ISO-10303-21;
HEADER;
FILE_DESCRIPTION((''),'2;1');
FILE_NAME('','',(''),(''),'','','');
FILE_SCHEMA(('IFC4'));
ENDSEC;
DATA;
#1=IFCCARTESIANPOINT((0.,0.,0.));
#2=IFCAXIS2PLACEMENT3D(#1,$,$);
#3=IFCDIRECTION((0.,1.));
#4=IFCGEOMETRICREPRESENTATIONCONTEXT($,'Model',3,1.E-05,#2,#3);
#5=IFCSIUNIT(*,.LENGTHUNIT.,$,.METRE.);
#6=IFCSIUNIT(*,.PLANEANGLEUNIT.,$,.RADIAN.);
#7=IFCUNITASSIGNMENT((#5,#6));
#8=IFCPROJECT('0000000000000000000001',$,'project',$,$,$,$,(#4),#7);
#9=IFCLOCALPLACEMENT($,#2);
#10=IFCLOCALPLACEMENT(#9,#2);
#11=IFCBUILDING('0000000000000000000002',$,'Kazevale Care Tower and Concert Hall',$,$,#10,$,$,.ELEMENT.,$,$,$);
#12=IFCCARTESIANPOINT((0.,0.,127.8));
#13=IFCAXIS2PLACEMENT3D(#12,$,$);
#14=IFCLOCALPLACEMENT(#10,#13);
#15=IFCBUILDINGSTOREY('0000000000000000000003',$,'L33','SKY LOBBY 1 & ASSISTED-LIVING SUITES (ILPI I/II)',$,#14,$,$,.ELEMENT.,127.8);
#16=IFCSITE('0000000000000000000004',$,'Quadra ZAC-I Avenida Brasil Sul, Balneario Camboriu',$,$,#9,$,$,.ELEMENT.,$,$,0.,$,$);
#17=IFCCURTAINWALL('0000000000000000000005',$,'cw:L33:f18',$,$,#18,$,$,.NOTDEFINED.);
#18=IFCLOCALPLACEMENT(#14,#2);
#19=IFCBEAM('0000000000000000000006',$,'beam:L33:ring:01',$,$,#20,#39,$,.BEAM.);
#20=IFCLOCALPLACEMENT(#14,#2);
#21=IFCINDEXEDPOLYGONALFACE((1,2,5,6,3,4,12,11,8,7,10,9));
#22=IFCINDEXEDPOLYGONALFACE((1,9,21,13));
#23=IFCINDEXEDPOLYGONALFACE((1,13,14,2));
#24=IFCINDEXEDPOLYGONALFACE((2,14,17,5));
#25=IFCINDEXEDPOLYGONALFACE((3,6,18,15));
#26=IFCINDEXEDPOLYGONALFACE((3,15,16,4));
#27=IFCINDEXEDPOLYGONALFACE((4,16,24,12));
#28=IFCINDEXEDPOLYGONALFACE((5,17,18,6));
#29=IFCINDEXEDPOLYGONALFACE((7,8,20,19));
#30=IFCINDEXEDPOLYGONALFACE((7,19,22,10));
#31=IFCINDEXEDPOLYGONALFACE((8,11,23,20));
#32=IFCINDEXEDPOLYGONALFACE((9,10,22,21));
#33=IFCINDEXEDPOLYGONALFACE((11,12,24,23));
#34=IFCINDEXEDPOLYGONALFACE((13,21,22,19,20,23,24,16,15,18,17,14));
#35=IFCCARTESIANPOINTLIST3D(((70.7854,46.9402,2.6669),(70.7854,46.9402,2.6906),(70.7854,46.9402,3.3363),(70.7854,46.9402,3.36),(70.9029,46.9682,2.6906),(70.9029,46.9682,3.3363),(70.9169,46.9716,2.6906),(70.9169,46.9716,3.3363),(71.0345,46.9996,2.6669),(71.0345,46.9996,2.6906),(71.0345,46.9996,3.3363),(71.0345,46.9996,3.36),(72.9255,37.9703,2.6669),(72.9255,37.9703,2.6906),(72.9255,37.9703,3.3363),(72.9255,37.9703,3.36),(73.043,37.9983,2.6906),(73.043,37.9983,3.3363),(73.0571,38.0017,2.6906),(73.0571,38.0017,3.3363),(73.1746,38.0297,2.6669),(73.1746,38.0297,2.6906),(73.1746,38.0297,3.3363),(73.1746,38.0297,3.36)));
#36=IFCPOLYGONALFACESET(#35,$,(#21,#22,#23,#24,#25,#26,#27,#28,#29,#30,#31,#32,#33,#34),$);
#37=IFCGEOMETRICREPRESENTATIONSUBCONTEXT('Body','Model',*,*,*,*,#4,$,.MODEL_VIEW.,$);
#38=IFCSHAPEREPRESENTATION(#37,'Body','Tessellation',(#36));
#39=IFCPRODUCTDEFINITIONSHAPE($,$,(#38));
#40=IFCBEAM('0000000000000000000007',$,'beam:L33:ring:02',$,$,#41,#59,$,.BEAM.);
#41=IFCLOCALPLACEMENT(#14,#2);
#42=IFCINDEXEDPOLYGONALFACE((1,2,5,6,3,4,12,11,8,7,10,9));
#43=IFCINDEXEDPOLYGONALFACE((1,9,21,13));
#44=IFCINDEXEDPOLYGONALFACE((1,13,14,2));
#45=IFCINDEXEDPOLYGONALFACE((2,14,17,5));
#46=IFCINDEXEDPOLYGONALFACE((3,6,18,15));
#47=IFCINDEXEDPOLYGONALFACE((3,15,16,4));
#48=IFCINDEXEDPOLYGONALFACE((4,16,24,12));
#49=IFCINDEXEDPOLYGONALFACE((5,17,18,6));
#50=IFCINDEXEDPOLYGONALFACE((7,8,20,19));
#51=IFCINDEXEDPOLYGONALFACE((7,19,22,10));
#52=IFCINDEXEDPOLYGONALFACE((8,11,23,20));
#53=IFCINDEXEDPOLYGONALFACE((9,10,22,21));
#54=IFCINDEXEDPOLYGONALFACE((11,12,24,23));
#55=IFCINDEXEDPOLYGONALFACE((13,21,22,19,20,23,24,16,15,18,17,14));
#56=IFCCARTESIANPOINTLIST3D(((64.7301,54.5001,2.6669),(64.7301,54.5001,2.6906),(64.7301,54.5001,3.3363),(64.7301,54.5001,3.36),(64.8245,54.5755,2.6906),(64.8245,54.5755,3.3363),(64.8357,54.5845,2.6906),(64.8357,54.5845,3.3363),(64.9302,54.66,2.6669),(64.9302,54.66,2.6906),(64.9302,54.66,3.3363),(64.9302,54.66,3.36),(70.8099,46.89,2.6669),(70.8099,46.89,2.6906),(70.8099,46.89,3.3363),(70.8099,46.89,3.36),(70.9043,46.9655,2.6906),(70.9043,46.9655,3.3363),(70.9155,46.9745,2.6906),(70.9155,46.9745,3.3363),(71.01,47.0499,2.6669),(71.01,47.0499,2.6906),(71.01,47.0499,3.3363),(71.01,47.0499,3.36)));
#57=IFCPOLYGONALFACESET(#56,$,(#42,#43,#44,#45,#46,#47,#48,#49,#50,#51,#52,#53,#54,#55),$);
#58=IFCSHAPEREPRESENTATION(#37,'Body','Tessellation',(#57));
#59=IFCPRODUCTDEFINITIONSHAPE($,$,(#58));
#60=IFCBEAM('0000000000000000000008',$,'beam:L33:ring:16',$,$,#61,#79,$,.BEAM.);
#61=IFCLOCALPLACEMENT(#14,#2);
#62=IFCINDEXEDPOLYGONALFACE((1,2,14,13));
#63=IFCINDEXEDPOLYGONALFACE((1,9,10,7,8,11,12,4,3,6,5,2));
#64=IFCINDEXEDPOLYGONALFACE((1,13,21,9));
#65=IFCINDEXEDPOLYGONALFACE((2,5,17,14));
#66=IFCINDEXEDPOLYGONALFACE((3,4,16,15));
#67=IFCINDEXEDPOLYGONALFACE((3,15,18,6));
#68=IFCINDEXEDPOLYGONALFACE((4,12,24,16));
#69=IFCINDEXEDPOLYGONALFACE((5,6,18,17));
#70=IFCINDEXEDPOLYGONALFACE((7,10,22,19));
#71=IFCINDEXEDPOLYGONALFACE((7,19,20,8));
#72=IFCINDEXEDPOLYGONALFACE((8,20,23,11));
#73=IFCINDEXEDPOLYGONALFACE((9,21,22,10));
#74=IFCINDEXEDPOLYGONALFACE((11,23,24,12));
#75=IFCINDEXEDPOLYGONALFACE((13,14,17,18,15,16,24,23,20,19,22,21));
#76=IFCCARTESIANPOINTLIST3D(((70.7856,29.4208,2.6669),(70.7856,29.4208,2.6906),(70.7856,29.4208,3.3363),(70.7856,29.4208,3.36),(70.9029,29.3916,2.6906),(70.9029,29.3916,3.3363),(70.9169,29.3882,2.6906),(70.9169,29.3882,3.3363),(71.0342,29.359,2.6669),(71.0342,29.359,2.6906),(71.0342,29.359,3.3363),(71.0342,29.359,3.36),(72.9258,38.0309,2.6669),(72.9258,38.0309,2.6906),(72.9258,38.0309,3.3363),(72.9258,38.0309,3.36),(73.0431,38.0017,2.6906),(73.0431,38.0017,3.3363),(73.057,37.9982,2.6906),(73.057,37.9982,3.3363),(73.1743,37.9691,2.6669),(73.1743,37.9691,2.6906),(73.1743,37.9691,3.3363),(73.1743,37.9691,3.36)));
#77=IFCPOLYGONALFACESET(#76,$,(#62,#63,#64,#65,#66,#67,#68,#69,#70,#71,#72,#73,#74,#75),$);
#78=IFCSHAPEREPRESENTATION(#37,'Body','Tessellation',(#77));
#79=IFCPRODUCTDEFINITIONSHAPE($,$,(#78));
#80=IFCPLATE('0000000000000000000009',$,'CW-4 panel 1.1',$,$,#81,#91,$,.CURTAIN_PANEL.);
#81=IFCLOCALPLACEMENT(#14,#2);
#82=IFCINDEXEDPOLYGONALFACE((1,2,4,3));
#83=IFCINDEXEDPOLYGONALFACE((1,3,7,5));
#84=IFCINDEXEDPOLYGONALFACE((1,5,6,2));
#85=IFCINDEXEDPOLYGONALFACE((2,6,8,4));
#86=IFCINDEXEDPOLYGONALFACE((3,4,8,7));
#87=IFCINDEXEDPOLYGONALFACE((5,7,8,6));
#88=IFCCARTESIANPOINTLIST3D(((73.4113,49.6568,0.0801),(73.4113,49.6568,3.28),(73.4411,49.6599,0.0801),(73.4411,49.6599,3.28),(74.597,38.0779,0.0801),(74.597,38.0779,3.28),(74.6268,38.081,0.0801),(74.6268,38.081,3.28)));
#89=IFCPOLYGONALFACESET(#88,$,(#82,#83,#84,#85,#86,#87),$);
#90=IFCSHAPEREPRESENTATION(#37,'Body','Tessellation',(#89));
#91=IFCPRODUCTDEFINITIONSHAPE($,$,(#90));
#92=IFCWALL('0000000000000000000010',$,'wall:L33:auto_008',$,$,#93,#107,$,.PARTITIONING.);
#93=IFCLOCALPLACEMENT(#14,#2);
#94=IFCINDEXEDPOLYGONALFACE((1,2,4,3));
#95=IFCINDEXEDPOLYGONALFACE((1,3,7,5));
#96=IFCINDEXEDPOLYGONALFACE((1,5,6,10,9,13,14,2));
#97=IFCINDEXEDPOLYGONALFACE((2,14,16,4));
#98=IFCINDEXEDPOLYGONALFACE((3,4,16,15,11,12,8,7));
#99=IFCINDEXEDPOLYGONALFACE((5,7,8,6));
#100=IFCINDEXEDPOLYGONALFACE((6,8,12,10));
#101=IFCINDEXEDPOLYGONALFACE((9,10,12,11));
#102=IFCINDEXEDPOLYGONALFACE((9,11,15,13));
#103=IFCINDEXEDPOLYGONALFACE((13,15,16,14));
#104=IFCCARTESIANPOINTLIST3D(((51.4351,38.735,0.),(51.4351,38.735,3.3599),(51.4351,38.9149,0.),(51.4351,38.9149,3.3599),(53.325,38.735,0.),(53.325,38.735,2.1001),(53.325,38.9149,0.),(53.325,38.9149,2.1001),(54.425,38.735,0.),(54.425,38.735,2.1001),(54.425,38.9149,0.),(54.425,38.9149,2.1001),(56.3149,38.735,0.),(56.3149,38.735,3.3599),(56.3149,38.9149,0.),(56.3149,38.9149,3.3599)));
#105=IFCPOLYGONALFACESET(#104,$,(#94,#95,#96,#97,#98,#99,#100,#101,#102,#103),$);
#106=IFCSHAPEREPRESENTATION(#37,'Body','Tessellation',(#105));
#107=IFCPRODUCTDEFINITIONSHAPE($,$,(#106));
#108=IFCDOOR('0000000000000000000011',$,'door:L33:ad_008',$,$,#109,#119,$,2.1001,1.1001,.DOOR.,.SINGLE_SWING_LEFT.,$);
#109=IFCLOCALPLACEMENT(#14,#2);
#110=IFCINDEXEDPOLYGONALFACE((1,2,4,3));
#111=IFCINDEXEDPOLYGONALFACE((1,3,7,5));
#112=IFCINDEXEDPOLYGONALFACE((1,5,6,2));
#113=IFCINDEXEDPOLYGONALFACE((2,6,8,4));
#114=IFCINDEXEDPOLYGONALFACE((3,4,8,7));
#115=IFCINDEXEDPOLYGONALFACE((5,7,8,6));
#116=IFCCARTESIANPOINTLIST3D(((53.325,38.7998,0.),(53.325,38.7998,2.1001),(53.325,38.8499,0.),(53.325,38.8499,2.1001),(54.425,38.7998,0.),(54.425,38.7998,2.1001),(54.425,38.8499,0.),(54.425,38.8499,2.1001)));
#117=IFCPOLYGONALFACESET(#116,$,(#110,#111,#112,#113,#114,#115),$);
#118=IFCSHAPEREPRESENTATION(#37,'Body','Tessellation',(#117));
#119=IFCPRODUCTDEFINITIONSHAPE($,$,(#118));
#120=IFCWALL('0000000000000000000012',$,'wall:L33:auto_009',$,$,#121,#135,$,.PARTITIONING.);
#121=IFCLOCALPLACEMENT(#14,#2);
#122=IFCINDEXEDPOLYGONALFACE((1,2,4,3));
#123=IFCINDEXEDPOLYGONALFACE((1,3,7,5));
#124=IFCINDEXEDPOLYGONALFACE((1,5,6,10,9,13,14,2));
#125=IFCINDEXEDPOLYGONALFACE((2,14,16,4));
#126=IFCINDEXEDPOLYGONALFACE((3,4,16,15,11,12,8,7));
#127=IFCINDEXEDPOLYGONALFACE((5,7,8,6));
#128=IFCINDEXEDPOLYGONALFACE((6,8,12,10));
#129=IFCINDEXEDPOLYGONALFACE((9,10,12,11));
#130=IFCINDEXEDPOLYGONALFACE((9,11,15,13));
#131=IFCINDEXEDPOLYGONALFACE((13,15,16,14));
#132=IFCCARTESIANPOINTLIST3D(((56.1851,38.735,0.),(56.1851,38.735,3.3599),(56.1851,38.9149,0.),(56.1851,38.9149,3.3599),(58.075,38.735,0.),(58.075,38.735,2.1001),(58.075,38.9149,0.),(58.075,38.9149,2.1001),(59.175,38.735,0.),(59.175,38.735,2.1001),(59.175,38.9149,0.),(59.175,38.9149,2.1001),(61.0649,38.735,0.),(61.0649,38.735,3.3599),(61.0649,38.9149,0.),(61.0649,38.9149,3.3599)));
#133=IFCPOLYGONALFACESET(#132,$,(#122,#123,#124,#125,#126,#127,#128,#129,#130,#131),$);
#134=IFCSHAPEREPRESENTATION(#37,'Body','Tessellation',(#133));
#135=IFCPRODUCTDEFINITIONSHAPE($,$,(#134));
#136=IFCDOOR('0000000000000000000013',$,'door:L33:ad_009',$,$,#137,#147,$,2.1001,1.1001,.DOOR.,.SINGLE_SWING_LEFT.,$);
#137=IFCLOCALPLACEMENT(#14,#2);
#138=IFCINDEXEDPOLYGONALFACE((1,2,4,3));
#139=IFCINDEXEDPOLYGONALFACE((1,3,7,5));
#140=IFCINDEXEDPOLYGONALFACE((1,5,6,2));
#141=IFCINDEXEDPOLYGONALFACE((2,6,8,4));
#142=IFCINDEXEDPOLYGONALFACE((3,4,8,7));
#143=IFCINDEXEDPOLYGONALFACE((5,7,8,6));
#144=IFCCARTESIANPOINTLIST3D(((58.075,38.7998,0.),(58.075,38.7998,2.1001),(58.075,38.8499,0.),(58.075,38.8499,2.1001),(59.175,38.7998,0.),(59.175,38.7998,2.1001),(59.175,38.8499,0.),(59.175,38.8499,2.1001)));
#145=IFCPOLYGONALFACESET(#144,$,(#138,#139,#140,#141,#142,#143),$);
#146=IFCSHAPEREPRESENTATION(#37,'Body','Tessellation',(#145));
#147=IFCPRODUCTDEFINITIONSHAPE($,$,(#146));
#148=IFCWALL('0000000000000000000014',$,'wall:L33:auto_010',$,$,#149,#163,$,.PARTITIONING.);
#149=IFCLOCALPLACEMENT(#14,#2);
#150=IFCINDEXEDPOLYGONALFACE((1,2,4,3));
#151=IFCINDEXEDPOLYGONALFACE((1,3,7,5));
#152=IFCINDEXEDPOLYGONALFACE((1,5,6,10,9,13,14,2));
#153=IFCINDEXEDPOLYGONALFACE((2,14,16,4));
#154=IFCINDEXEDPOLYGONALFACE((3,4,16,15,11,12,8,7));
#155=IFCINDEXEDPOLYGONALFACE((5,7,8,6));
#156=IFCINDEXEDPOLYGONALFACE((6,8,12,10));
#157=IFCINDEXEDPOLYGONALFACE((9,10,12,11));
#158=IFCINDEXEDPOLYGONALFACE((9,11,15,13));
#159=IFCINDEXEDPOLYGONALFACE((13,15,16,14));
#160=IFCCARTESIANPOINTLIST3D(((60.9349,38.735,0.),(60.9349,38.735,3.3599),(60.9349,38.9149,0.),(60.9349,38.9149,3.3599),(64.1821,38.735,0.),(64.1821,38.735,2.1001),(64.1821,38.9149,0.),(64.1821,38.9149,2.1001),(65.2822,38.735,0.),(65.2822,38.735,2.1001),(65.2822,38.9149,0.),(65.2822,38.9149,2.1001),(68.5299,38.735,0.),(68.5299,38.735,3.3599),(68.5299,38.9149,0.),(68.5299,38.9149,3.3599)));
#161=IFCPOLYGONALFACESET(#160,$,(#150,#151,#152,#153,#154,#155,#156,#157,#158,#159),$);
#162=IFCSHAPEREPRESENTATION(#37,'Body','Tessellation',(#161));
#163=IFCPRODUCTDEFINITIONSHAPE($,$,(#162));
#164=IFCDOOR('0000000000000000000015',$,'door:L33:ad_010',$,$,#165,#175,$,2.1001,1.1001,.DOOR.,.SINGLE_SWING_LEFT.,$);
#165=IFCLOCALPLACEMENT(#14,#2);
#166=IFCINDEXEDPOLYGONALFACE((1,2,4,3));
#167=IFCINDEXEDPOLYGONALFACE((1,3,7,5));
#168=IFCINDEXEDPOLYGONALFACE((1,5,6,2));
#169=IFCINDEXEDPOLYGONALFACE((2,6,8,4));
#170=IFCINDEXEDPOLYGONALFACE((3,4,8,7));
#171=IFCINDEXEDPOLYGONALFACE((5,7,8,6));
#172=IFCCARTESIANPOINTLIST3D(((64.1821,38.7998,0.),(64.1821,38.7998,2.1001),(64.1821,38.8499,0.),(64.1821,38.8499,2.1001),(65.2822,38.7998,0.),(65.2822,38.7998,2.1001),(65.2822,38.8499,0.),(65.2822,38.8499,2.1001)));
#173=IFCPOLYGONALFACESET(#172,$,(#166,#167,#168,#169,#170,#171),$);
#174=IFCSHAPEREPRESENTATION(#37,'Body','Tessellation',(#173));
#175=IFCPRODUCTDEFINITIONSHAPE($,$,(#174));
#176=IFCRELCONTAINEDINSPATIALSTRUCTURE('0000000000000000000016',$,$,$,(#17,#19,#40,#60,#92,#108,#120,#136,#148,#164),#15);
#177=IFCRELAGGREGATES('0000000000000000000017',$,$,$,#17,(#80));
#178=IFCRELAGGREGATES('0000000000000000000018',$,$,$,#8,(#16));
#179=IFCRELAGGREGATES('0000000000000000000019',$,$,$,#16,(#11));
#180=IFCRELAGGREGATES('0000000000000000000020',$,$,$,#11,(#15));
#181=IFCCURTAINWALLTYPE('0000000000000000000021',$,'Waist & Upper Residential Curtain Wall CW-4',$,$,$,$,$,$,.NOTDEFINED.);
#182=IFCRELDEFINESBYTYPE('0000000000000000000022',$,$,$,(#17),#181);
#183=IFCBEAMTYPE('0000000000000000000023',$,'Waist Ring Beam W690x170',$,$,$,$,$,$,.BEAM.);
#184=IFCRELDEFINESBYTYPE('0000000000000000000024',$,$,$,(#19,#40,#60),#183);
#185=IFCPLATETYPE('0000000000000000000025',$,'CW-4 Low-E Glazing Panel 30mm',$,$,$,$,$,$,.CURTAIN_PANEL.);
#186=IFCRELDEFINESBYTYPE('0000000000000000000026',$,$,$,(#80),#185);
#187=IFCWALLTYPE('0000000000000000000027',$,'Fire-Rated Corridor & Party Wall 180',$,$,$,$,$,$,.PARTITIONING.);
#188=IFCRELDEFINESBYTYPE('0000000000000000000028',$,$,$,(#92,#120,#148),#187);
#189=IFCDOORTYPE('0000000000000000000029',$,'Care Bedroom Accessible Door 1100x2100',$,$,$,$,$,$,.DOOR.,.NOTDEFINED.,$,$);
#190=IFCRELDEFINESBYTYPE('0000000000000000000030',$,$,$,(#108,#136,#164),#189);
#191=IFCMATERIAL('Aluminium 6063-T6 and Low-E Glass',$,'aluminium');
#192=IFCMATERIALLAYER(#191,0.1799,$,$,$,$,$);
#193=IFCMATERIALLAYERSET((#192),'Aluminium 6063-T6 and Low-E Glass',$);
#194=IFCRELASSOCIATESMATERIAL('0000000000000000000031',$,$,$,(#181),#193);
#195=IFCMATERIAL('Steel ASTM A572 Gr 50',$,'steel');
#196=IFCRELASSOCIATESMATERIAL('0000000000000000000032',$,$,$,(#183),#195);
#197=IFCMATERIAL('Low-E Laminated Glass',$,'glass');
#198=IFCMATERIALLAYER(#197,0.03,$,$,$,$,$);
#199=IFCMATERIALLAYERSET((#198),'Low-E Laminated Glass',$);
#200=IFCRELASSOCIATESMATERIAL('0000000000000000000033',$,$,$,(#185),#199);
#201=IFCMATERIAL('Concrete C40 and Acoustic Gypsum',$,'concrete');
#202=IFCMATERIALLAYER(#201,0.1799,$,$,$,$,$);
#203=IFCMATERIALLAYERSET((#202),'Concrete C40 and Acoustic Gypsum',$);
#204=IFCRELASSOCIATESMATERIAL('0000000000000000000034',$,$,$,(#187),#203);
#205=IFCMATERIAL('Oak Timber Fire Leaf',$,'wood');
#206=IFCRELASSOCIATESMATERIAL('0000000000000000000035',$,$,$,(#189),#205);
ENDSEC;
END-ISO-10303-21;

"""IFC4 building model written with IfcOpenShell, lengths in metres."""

from ifc_helpers import new_model, si_unit, direction, frame, frame_2d, origin, origin_2d, place, context, subcontext, project, spatial, rectangle, i_section, extrude, material, layer, layer_set, material_profile, profile_set, type_object, element, fill, aggregate, save


model = new_model("IFC4")

# Units and contexts
model_context = context("Model", 3, precision=1e-05, world=origin(), true_north=direction((0.0, 1.0)))
body_context = subcontext(model_context, "Body", "Model", "MODEL_VIEW")
ifc_project = project(units=[si_unit("LENGTHUNIT", "METRE"), si_unit("PLANEANGLEUNIT", "RADIAN")], contexts=[model_context])

# Site, building, storey
site_placement = place(None, origin())
site = spatial("IfcSite", under=ifc_project, at=site_placement, Name="Quadra ZAC-I Avenida Brasil Sul, Balneario Camboriu", CompositionType="ELEMENT", RefElevation=0.0)
building_placement = place(site_placement, origin())
building = spatial("IfcBuilding", under=site, at=building_placement, Name="Kazevale Care Tower and Concert Hall", CompositionType="ELEMENT")
storey_placement = place(building_placement, frame((0.0, 0.0, 127.8)))
storey = spatial("IfcBuildingStorey", under=building, at=storey_placement, Name="L33", Description="SKY LOBBY 1 & ASSISTED-LIVING SUITES (ILPI I/II)", CompositionType="ELEMENT", Elevation=127.8)

# Curtain wall
ifc_material_1 = material(Name="Aluminium 6063-T6 and Low-E Glass", Category="aluminium")
ifc_layer_1 = layer(ifc_material_1, 0.1799)
ifc_layer_set_1 = layer_set([ifc_layer_1], Name="Aluminium 6063-T6 and Low-E Glass")
curtain_wall_type = type_object("IfcCurtainWallType", Name="Waist & Upper Residential Curtain Wall CW-4", PredefinedType="NOTDEFINED", material=ifc_layer_set_1)
curtain_wall_placement = place(storey_placement, origin())
curtain_wall = element("IfcCurtainWall", 1, at=curtain_wall_placement, inside=storey, type_object=curtain_wall_type, Name="cw:L33:f18", PredefinedType="NOTDEFINED")

# Beams
ifc_material_2 = material(Name="Steel ASTM A572 Gr 50", Category="steel")
ifc_material_profile_1 = material_profile(ifc_material_2, i_section(OverallWidth=0.2561, OverallDepth=0.6931, WebThickness=0.0144, FlangeThickness=0.0237, at=origin_2d()), Name="W690x170")
ifc_profile_set_1 = profile_set([ifc_material_profile_1], Name="Steel ASTM A572 Gr 50")
beam_type_1 = type_object("IfcBeamType", Name="Waist Ring Beam W690x170", PredefinedType="BEAM", material=ifc_profile_set_1)
beam_1_placement = place(storey_placement, frame((73.05, 38.0, 3.0134), z_axis=(-0.232075, 0.972698, 0.0), x_axis=(-0.972698, -0.232075, 0.0)))
element("IfcBeam", 2, at=beam_1_placement, inside=storey, type_object=beam_type_1, Name="beam:L33:ring:01", PredefinedType="BEAM", context=body_context, shape_type="SweptSolid", body=[
    extrude(i_section(OverallWidth=0.2561, OverallDepth=0.6931, WebThickness=0.0144, FlangeThickness=0.0237, at=origin_2d()), origin(), (0.0, 0.0, 1.0), 9.2217),
])
beam_2_placement = place(storey_placement, frame((70.9099, 46.97, 3.0134), z_axis=(-0.624178, 0.781282, 0.0), x_axis=(-0.781282, -0.624178, 0.0)))
element("IfcBeam", 3, at=beam_2_placement, inside=storey, type_object=beam_type_1, Name="beam:L33:ring:02", PredefinedType="BEAM", context=body_context, shape_type="SweptSolid", body=[
    extrude(i_section(OverallWidth=0.2561, OverallDepth=0.6931, WebThickness=0.0144, FlangeThickness=0.0237, at=origin_2d()), origin(), (0.0, 0.0, 1.0), 9.7405),
])
beam_3_placement = place(storey_placement, frame((70.9099, 29.3899, 3.0134), z_axis=(0.241221, 0.97047, 0.0), x_axis=(-0.97047, 0.241221, 0.0)))
element("IfcBeam", 4, at=beam_3_placement, inside=storey, type_object=beam_type_1, Name="beam:L33:ring:16", PredefinedType="BEAM", context=body_context, shape_type="SweptSolid", body=[
    extrude(i_section(OverallWidth=0.2561, OverallDepth=0.6931, WebThickness=0.0144, FlangeThickness=0.0237, at=origin_2d()), origin(), (0.0, 0.0, 1.0), 8.8721),
])

# Plate
ifc_material_3 = material(Name="Low-E Laminated Glass", Category="glass")
ifc_layer_2 = layer(ifc_material_3, 0.03)
ifc_layer_set_2 = layer_set([ifc_layer_2], Name="Low-E Laminated Glass")
plate_type = type_object("IfcPlateType", Name="CW-4 Low-E Glazing Panel 30mm", PredefinedType="CURTAIN_PANEL", material=ifc_layer_set_2)
plate_placement = place(storey_placement, frame((74.019, 43.8689, 0.0801), z_axis=(0.0, 0.0, 1.0), x_axis=(0.10187, -0.994798, 0.0)))
plate = element("IfcPlate", 5, at=plate_placement, type_object=plate_type, Name="CW-4 panel 1.1", PredefinedType="CURTAIN_PANEL", context=body_context, shape_type="SweptSolid", body=[
    extrude(rectangle(XDim=11.6394, YDim=0.03, at=origin_2d()), origin(), (0.0, 0.0, 1.0), 3.2),
])
aggregate(curtain_wall, [plate])

# Walls, openings, doors
ifc_material_4 = material(Name="Concrete C40 and Acoustic Gypsum", Category="concrete")
ifc_layer_3 = layer(ifc_material_4, 0.1799)
ifc_layer_set_3 = layer_set([ifc_layer_3], Name="Concrete C40 and Acoustic Gypsum")
wall_type_1 = type_object("IfcWallType", Name="Fire-Rated Corridor & Party Wall 180", PredefinedType="PARTITIONING", material=ifc_layer_set_3)
wall_1_placement = place(storey_placement, frame((51.4351, 38.825, 0.0), z_axis=(0.0, 0.0, 1.0), x_axis=(1.0, 0.0, 0.0)))
wall_1 = element("IfcWall", 6, at=wall_1_placement, inside=storey, type_object=wall_type_1, Name="wall:L33:auto_008", PredefinedType="PARTITIONING", context=body_context, shape_type="SweptSolid", body=[
    extrude(rectangle(XDim=4.8799, YDim=0.1799, at=frame_2d((2.4399, 0.0))), origin(), (0.0, 0.0, 1.0), 3.3599),
])
opening_1_placement = place(wall_1_placement, frame((1.8899, 0.0, 0.0)))
opening_1 = element("IfcOpeningElement", 7, at=opening_1_placement, cuts=wall_1, PredefinedType="OPENING", context=body_context, shape_type="SweptSolid", body=[
    extrude(rectangle(XDim=1.1001, YDim=2.1001, at=frame_2d((0.55, 1.05))), frame((0.0, 0.0999, 0.0), z_axis=(0.0, -1.0, 0.0), x_axis=(1.0, 0.0, 0.0)), (0.0, 0.0, 1.0), 0.2),
])
ifc_material_5 = material(Name="Oak Timber Fire Leaf", Category="wood")
door_type = type_object("IfcDoorType", Name="Care Bedroom Accessible Door 1100x2100", OperationType="NOTDEFINED", PredefinedType="DOOR", material=ifc_material_5)
door_1_placement = place(opening_1_placement, origin())
door_1 = element("IfcDoor", 8, at=door_1_placement, inside=storey, type_object=door_type, Name="door:L33:ad_008", OperationType="SINGLE_SWING_LEFT", OverallHeight=2.1001, OverallWidth=1.1001, PredefinedType="DOOR", context=body_context, shape_type="SweptSolid", body=[
    extrude(rectangle(XDim=1.1001, YDim=2.1001, at=frame_2d((0.55, 1.05))), frame((0.0, 0.0249, 0.0), z_axis=(0.0, -1.0, 0.0), x_axis=(1.0, 0.0, 0.0)), (0.0, 0.0, 1.0), 0.05),
])
fill(opening_1, door_1)
wall_2_placement = place(storey_placement, frame((56.1851, 38.825, 0.0), z_axis=(0.0, 0.0, 1.0), x_axis=(1.0, 0.0, 0.0)))
wall_2 = element("IfcWall", 9, at=wall_2_placement, inside=storey, type_object=wall_type_1, Name="wall:L33:auto_009", PredefinedType="PARTITIONING", context=body_context, shape_type="SweptSolid", body=[
    extrude(rectangle(XDim=4.8799, YDim=0.1799, at=frame_2d((2.4399, 0.0))), origin(), (0.0, 0.0, 1.0), 3.3599),
])
opening_2_placement = place(wall_2_placement, frame((1.8899, 0.0, 0.0)))
opening_2 = element("IfcOpeningElement", 10, at=opening_2_placement, cuts=wall_2, PredefinedType="OPENING", context=body_context, shape_type="SweptSolid", body=[
    extrude(rectangle(XDim=1.1001, YDim=2.1001, at=frame_2d((0.55, 1.05))), frame((0.0, 0.0999, 0.0), z_axis=(0.0, -1.0, 0.0), x_axis=(1.0, 0.0, 0.0)), (0.0, 0.0, 1.0), 0.2),
])
door_2_placement = place(opening_2_placement, origin())
door_2 = element("IfcDoor", 11, at=door_2_placement, inside=storey, type_object=door_type, Name="door:L33:ad_009", OperationType="SINGLE_SWING_LEFT", OverallHeight=2.1001, OverallWidth=1.1001, PredefinedType="DOOR", context=body_context, shape_type="SweptSolid", body=[
    extrude(rectangle(XDim=1.1001, YDim=2.1001, at=frame_2d((0.55, 1.05))), frame((0.0, 0.0249, 0.0), z_axis=(0.0, -1.0, 0.0), x_axis=(1.0, 0.0, 0.0)), (0.0, 0.0, 1.0), 0.05),
])
fill(opening_2, door_2)
wall_3_placement = place(storey_placement, frame((60.9351, 38.825, 0.0), z_axis=(0.0, 0.0, 1.0), x_axis=(1.0, 0.0, 0.0)))
wall_3 = element("IfcWall", 12, at=wall_3_placement, inside=storey, type_object=wall_type_1, Name="wall:L33:auto_010", PredefinedType="PARTITIONING", context=body_context, shape_type="SweptSolid", body=[
    extrude(rectangle(XDim=7.595, YDim=0.1799, at=frame_2d((3.7974, 0.0))), origin(), (0.0, 0.0, 1.0), 3.3599),
])
opening_3_placement = place(wall_3_placement, frame((3.2471, 0.0, 0.0)))
opening_3 = element("IfcOpeningElement", 13, at=opening_3_placement, cuts=wall_3, PredefinedType="OPENING", context=body_context, shape_type="SweptSolid", body=[
    extrude(rectangle(XDim=1.1001, YDim=2.1001, at=frame_2d((0.55, 1.05))), frame((0.0, 0.0999, 0.0), z_axis=(0.0, -1.0, 0.0), x_axis=(1.0, 0.0, 0.0)), (0.0, 0.0, 1.0), 0.2),
])
door_3_placement = place(opening_3_placement, origin())
door_3 = element("IfcDoor", 14, at=door_3_placement, inside=storey, type_object=door_type, Name="door:L33:ad_010", OperationType="SINGLE_SWING_LEFT", OverallHeight=2.1001, OverallWidth=1.1001, PredefinedType="DOOR", context=body_context, shape_type="SweptSolid", body=[
    extrude(rectangle(XDim=1.1001, YDim=2.1001, at=frame_2d((0.55, 1.05))), frame((0.0, 0.0249, 0.0), z_axis=(0.0, -1.0, 0.0), x_axis=(1.0, 0.0, 0.0)), (0.0, 0.0, 1.0), 0.05),
])
fill(opening_3, door_3)

save(model, "model.ifc")
